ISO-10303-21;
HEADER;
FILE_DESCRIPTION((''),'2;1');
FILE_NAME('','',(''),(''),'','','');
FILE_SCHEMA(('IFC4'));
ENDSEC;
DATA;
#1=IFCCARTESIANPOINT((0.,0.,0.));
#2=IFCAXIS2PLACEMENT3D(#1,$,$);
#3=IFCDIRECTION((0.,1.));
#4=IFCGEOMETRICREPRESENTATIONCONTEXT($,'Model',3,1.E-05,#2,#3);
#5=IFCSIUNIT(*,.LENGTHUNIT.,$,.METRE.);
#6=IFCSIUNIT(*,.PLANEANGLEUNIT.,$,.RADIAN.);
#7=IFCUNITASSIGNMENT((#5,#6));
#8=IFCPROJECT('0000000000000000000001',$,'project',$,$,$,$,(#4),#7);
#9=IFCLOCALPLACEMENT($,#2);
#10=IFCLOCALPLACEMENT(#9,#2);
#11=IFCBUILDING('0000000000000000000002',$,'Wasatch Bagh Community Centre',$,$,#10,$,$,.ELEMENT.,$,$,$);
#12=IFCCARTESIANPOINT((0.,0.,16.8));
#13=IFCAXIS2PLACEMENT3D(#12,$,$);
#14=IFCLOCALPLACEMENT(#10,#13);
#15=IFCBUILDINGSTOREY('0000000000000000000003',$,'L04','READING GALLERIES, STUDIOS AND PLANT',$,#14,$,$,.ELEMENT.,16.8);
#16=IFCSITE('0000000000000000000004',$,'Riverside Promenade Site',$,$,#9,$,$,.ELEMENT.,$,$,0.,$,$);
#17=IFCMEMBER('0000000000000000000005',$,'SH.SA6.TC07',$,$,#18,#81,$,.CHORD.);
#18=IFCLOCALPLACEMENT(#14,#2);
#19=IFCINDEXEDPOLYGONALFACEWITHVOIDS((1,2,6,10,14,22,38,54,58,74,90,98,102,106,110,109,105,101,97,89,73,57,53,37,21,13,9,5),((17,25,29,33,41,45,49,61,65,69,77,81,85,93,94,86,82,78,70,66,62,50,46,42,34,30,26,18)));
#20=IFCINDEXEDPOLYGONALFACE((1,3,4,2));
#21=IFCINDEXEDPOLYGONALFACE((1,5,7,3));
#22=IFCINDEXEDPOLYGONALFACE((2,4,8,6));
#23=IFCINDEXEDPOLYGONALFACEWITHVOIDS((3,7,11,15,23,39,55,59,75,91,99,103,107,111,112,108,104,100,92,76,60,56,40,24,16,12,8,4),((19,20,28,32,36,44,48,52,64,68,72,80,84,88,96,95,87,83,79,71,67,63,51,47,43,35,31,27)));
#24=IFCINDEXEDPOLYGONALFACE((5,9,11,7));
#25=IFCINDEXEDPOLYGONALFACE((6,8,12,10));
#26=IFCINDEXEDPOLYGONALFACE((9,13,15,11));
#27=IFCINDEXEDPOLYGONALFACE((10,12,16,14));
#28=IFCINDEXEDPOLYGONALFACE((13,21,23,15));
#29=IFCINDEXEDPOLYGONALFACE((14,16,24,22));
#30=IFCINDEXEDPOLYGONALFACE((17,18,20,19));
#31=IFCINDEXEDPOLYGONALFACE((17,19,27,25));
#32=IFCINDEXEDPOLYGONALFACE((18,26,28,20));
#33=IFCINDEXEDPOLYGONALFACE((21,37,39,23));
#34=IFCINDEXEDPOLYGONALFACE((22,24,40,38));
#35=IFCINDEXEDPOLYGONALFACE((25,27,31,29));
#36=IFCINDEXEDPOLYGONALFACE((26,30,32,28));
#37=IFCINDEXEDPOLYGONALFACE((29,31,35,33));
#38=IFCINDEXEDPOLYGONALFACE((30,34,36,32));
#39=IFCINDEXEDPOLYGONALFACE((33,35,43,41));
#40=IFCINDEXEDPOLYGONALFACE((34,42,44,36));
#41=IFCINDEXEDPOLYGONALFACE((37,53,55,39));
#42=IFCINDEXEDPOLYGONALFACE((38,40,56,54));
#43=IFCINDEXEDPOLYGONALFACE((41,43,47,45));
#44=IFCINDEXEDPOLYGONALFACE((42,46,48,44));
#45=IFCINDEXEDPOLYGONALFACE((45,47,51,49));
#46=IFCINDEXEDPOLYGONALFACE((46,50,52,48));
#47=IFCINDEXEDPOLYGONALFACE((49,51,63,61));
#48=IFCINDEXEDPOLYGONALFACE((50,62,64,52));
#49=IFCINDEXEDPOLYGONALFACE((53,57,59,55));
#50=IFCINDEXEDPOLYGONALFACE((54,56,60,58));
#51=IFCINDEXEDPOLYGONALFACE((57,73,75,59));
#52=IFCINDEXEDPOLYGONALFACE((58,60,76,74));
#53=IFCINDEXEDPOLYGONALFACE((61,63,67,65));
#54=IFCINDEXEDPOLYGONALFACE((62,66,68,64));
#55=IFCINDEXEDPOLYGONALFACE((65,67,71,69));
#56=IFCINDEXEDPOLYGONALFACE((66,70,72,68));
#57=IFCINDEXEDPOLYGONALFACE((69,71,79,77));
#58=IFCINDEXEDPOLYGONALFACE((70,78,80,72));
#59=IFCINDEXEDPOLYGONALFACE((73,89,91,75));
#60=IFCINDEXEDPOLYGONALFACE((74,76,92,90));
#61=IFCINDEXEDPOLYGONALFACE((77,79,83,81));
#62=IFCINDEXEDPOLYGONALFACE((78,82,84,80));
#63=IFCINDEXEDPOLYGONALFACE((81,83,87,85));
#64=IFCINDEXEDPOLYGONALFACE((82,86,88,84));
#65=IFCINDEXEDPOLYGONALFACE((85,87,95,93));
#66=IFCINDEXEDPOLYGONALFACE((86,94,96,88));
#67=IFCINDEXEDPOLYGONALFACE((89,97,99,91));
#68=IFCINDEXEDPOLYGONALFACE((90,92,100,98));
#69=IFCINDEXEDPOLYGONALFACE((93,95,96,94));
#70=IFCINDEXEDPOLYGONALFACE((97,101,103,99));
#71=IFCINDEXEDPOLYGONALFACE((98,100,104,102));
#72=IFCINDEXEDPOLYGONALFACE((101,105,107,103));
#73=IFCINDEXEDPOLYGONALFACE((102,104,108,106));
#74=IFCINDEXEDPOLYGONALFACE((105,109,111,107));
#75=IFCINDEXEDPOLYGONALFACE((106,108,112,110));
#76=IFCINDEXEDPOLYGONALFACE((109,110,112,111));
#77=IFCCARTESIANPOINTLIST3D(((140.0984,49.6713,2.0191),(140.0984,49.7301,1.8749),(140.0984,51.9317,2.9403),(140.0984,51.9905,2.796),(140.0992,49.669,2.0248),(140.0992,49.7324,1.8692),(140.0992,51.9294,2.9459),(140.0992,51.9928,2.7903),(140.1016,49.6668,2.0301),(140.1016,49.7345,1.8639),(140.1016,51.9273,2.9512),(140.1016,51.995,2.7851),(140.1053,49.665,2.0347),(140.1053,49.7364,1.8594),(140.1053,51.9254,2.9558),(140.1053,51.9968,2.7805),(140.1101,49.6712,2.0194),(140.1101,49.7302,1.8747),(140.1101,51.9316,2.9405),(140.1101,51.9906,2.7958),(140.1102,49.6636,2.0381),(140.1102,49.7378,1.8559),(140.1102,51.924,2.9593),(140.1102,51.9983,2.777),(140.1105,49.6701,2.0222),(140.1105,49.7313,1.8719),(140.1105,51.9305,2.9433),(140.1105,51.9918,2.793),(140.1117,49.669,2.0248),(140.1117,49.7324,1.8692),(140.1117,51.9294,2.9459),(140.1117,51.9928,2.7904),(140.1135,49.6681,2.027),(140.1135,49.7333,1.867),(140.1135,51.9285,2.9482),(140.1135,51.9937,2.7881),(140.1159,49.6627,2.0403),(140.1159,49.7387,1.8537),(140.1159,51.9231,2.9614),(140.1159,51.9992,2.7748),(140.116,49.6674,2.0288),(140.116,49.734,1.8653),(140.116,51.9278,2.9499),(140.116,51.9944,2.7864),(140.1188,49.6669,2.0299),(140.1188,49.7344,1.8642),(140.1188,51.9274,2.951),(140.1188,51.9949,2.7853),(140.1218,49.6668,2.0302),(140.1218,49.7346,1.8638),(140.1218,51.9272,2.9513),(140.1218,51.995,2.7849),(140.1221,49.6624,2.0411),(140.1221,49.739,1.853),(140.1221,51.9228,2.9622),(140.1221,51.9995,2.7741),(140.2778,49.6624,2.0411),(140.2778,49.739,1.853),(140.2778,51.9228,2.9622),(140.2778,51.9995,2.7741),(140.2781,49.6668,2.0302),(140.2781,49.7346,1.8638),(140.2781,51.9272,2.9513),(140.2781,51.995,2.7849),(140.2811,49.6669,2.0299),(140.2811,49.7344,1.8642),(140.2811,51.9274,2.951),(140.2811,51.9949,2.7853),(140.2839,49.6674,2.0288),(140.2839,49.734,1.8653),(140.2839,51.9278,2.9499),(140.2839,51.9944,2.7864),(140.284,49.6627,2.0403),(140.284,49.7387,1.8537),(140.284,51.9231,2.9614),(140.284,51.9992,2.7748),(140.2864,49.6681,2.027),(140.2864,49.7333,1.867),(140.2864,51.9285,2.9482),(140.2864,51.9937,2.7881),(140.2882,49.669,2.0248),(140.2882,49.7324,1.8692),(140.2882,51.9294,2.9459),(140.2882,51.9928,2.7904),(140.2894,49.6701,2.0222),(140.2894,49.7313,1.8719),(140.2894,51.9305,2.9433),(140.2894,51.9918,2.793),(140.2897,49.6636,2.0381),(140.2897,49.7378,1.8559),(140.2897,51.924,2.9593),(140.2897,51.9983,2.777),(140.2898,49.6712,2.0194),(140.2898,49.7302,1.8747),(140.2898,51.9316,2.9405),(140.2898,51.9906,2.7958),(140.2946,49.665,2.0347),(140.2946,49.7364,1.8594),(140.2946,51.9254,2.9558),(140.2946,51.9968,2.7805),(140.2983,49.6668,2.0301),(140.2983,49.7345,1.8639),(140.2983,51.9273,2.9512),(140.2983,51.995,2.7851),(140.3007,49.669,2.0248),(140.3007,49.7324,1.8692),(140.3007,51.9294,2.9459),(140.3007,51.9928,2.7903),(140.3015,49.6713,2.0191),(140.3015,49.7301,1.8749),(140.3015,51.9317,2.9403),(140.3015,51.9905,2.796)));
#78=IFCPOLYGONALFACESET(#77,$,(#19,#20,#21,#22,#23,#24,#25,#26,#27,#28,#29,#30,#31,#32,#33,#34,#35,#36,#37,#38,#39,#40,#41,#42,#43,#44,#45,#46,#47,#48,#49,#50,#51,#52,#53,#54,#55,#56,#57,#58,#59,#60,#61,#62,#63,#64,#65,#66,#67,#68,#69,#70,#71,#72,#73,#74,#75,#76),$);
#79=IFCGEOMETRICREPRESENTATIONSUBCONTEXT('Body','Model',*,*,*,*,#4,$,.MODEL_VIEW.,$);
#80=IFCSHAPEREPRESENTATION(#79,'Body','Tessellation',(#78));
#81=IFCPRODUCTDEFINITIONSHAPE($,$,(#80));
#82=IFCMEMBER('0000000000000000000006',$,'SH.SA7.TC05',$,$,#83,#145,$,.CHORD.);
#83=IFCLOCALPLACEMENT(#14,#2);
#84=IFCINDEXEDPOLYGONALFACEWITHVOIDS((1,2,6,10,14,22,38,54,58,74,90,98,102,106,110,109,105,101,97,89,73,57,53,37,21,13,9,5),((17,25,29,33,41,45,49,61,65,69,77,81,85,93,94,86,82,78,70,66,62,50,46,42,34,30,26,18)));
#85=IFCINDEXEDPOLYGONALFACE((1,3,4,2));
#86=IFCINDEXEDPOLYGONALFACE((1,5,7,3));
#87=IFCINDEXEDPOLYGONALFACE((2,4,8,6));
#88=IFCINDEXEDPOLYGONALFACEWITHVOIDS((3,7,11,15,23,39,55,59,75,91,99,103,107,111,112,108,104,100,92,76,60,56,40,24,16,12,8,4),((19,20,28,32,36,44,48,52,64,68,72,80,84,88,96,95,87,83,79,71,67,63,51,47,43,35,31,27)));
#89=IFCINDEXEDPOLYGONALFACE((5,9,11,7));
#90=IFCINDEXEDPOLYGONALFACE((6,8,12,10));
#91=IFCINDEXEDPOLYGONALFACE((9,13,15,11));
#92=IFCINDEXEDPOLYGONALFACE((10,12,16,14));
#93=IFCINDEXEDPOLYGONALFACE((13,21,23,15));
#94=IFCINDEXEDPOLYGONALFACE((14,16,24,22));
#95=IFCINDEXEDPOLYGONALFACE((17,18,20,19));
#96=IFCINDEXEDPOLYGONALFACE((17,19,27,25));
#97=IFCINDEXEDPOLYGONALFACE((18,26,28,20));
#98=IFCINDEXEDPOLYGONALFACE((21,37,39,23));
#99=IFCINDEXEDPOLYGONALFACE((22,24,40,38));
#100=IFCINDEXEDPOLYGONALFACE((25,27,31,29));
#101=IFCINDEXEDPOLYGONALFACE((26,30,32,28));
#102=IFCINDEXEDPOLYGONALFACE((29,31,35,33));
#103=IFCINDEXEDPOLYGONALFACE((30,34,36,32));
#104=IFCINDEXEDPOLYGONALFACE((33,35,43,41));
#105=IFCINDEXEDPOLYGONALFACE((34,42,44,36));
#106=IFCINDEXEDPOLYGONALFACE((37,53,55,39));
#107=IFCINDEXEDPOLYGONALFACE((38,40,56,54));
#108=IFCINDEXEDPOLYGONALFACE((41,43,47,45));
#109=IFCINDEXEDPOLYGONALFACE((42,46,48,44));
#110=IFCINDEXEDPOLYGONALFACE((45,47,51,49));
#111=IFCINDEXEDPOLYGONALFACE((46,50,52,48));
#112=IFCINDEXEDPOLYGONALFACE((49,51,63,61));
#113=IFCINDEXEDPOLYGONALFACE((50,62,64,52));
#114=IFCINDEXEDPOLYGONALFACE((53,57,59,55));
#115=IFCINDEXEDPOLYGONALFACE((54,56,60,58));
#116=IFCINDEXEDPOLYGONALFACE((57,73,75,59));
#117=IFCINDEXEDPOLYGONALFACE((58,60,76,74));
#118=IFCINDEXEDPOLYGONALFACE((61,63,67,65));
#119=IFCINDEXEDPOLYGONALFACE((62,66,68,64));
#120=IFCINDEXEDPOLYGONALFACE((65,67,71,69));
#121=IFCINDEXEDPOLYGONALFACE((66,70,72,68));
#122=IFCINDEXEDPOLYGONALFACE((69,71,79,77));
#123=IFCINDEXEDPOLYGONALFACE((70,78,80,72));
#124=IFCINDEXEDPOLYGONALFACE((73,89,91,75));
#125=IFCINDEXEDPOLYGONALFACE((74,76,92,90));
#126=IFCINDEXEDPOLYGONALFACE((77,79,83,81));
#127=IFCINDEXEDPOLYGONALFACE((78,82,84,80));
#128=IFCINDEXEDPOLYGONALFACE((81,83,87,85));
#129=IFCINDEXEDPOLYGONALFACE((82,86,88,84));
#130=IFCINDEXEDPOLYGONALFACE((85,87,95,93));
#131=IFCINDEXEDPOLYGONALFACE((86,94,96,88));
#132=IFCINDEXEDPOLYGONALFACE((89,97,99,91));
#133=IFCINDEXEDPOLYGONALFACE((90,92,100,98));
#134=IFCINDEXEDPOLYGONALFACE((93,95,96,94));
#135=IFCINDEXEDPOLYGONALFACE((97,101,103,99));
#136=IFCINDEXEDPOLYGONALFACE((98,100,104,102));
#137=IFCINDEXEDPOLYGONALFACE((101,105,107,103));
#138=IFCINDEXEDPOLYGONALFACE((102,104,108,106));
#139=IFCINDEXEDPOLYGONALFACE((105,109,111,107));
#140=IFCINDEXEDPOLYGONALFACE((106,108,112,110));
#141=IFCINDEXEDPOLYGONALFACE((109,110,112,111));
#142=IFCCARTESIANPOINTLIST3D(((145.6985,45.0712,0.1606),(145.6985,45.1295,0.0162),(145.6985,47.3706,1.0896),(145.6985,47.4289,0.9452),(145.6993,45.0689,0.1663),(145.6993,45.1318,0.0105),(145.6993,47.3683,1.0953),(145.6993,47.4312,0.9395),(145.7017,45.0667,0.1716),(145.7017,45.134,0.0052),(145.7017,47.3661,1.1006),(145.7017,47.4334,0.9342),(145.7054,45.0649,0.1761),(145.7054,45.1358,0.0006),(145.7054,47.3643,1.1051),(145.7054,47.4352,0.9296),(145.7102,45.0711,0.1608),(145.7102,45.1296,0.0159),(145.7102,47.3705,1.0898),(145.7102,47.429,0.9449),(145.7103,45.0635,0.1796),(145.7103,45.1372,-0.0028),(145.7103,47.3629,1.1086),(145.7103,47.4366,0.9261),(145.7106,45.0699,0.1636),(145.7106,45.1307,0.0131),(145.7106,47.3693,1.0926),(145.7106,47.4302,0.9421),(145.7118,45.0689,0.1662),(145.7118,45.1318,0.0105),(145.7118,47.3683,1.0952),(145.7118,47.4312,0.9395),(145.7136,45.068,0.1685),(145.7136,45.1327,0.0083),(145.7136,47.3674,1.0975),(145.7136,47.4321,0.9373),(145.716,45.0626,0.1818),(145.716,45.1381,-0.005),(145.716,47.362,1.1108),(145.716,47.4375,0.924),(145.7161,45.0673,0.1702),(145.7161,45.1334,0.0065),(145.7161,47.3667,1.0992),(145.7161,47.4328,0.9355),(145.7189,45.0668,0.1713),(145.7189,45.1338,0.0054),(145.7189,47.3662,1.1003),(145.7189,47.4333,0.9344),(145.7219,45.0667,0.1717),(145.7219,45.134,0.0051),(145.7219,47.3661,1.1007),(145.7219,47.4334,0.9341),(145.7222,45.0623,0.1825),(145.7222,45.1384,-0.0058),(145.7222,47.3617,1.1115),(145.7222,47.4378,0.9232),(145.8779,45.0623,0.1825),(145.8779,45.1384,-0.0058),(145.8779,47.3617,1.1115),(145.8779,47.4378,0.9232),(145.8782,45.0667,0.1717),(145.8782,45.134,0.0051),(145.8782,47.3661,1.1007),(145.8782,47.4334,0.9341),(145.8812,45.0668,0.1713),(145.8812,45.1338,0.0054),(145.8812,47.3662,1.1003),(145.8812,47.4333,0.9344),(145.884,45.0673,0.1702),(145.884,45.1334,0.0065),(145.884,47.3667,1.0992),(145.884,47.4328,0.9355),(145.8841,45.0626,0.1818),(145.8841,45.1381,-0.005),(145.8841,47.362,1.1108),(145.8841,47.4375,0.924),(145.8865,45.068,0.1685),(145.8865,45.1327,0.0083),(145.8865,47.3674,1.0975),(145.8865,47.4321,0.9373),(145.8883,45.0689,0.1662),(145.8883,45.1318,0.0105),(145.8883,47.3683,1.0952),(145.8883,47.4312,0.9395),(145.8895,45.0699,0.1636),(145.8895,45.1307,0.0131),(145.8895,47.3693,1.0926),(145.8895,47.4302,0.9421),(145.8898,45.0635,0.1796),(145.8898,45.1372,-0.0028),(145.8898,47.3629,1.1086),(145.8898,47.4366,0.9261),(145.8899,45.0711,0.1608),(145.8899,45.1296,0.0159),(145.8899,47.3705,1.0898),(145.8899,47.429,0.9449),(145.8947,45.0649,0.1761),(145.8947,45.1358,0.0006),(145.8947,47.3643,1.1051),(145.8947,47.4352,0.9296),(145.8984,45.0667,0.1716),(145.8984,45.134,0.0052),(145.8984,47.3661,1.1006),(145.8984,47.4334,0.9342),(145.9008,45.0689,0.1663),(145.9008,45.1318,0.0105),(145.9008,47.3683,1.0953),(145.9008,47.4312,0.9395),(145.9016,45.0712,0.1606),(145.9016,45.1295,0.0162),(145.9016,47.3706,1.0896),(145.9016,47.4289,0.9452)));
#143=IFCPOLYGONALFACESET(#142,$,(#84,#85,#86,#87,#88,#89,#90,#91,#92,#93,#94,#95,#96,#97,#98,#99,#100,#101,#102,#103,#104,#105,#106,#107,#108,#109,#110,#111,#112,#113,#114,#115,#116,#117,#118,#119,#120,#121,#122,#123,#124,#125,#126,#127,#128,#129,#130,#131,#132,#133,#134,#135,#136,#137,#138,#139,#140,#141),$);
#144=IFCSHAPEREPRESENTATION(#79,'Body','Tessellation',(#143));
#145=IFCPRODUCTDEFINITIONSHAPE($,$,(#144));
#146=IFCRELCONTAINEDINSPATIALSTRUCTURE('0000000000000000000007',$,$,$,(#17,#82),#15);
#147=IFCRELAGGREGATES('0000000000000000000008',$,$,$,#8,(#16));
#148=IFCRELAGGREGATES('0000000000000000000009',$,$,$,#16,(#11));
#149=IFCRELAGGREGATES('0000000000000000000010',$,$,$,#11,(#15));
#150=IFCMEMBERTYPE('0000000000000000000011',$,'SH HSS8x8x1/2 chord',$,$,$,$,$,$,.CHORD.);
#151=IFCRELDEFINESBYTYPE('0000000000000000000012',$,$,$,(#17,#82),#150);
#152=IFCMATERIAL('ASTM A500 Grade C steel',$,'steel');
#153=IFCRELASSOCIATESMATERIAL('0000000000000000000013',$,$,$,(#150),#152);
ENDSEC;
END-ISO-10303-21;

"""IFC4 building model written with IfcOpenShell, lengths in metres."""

from ifc_helpers import new_model, si_unit, direction, frame, origin, origin_2d, place, context, subcontext, project, spatial, hollow_rectangle, extrude, material, material_profile, profile_set, type_object, element, save


model = new_model("IFC4")

# Units and contexts
model_context = context("Model", 3, precision=1e-05, world=origin(), true_north=direction((0.0, 1.0)))
body_context = subcontext(model_context, "Body", "Model", "MODEL_VIEW")
ifc_project = project(units=[si_unit("LENGTHUNIT", "METRE"), si_unit("PLANEANGLEUNIT", "RADIAN")], contexts=[model_context])

# Site, building, storey
site_placement = place(None, origin())
site = spatial("IfcSite", under=ifc_project, at=site_placement, Name="Riverside Promenade Site", CompositionType="ELEMENT", RefElevation=0.0)
building_placement = place(site_placement, origin())
building = spatial("IfcBuilding", under=site, at=building_placement, Name="Wasatch Bagh Community Centre", CompositionType="ELEMENT")
storey_placement = place(building_placement, frame((0.0, 0.0, 16.8)))
storey = spatial("IfcBuildingStorey", under=building, at=storey_placement, Name="L04", Description="READING GALLERIES, STUDIOS AND PLANT", CompositionType="ELEMENT", Elevation=16.8)

# Members
ifc_material_1 = material(Name="ASTM A500 Grade C steel", Category="steel")
ifc_material_profile_1 = material_profile(ifc_material_1, hollow_rectangle(XDim=0.2031, YDim=0.2031, WallThickness=0.0117, InnerFilletRadius=0.0117, OuterFilletRadius=0.0237, at=origin_2d()), Name="HSS8x8x1/2")
ifc_profile_set_1 = profile_set([ifc_material_profile_1], Name="ASTM A500 Grade C steel")
member_type_1 = type_object("IfcMemberType", Name="SH HSS8x8x1/2 chord", PredefinedType="CHORD", material=ifc_profile_set_1)
member_1_placement = place(storey_placement, frame((140.2, 49.7007, 1.947), z_axis=(0.0, 0.926064, 0.377367), x_axis=(-1.0, 0.0, 0.0)))
element("IfcMember", 1, at=member_1_placement, inside=storey, type_object=member_type_1, Name="SH.SA6.TC07", PredefinedType="CHORD", context=body_context, shape_type="SweptSolid", body=[
    extrude(hollow_rectangle(XDim=0.2031, YDim=0.2031, WallThickness=0.0117, InnerFilletRadius=0.0117, OuterFilletRadius=0.0237, at=origin_2d()), origin(), (0.0, 0.0, 1.0), 2.4409),
])
member_2_placement = place(storey_placement, frame((145.8, 45.1003, 0.0884), z_axis=(0.0, 0.927188, 0.374597), x_axis=(-1.0, 0.0, 0.0)))
element("IfcMember", 2, at=member_2_placement, inside=storey, type_object=member_type_1, Name="SH.SA7.TC05", PredefinedType="CHORD", context=body_context, shape_type="SweptSolid", body=[
    extrude(hollow_rectangle(XDim=0.2031, YDim=0.2031, WallThickness=0.0117, InnerFilletRadius=0.0117, OuterFilletRadius=0.0237, at=origin_2d()), origin(), (0.0, 0.0, 1.0), 2.48),
])

save(model, "model.ifc")
